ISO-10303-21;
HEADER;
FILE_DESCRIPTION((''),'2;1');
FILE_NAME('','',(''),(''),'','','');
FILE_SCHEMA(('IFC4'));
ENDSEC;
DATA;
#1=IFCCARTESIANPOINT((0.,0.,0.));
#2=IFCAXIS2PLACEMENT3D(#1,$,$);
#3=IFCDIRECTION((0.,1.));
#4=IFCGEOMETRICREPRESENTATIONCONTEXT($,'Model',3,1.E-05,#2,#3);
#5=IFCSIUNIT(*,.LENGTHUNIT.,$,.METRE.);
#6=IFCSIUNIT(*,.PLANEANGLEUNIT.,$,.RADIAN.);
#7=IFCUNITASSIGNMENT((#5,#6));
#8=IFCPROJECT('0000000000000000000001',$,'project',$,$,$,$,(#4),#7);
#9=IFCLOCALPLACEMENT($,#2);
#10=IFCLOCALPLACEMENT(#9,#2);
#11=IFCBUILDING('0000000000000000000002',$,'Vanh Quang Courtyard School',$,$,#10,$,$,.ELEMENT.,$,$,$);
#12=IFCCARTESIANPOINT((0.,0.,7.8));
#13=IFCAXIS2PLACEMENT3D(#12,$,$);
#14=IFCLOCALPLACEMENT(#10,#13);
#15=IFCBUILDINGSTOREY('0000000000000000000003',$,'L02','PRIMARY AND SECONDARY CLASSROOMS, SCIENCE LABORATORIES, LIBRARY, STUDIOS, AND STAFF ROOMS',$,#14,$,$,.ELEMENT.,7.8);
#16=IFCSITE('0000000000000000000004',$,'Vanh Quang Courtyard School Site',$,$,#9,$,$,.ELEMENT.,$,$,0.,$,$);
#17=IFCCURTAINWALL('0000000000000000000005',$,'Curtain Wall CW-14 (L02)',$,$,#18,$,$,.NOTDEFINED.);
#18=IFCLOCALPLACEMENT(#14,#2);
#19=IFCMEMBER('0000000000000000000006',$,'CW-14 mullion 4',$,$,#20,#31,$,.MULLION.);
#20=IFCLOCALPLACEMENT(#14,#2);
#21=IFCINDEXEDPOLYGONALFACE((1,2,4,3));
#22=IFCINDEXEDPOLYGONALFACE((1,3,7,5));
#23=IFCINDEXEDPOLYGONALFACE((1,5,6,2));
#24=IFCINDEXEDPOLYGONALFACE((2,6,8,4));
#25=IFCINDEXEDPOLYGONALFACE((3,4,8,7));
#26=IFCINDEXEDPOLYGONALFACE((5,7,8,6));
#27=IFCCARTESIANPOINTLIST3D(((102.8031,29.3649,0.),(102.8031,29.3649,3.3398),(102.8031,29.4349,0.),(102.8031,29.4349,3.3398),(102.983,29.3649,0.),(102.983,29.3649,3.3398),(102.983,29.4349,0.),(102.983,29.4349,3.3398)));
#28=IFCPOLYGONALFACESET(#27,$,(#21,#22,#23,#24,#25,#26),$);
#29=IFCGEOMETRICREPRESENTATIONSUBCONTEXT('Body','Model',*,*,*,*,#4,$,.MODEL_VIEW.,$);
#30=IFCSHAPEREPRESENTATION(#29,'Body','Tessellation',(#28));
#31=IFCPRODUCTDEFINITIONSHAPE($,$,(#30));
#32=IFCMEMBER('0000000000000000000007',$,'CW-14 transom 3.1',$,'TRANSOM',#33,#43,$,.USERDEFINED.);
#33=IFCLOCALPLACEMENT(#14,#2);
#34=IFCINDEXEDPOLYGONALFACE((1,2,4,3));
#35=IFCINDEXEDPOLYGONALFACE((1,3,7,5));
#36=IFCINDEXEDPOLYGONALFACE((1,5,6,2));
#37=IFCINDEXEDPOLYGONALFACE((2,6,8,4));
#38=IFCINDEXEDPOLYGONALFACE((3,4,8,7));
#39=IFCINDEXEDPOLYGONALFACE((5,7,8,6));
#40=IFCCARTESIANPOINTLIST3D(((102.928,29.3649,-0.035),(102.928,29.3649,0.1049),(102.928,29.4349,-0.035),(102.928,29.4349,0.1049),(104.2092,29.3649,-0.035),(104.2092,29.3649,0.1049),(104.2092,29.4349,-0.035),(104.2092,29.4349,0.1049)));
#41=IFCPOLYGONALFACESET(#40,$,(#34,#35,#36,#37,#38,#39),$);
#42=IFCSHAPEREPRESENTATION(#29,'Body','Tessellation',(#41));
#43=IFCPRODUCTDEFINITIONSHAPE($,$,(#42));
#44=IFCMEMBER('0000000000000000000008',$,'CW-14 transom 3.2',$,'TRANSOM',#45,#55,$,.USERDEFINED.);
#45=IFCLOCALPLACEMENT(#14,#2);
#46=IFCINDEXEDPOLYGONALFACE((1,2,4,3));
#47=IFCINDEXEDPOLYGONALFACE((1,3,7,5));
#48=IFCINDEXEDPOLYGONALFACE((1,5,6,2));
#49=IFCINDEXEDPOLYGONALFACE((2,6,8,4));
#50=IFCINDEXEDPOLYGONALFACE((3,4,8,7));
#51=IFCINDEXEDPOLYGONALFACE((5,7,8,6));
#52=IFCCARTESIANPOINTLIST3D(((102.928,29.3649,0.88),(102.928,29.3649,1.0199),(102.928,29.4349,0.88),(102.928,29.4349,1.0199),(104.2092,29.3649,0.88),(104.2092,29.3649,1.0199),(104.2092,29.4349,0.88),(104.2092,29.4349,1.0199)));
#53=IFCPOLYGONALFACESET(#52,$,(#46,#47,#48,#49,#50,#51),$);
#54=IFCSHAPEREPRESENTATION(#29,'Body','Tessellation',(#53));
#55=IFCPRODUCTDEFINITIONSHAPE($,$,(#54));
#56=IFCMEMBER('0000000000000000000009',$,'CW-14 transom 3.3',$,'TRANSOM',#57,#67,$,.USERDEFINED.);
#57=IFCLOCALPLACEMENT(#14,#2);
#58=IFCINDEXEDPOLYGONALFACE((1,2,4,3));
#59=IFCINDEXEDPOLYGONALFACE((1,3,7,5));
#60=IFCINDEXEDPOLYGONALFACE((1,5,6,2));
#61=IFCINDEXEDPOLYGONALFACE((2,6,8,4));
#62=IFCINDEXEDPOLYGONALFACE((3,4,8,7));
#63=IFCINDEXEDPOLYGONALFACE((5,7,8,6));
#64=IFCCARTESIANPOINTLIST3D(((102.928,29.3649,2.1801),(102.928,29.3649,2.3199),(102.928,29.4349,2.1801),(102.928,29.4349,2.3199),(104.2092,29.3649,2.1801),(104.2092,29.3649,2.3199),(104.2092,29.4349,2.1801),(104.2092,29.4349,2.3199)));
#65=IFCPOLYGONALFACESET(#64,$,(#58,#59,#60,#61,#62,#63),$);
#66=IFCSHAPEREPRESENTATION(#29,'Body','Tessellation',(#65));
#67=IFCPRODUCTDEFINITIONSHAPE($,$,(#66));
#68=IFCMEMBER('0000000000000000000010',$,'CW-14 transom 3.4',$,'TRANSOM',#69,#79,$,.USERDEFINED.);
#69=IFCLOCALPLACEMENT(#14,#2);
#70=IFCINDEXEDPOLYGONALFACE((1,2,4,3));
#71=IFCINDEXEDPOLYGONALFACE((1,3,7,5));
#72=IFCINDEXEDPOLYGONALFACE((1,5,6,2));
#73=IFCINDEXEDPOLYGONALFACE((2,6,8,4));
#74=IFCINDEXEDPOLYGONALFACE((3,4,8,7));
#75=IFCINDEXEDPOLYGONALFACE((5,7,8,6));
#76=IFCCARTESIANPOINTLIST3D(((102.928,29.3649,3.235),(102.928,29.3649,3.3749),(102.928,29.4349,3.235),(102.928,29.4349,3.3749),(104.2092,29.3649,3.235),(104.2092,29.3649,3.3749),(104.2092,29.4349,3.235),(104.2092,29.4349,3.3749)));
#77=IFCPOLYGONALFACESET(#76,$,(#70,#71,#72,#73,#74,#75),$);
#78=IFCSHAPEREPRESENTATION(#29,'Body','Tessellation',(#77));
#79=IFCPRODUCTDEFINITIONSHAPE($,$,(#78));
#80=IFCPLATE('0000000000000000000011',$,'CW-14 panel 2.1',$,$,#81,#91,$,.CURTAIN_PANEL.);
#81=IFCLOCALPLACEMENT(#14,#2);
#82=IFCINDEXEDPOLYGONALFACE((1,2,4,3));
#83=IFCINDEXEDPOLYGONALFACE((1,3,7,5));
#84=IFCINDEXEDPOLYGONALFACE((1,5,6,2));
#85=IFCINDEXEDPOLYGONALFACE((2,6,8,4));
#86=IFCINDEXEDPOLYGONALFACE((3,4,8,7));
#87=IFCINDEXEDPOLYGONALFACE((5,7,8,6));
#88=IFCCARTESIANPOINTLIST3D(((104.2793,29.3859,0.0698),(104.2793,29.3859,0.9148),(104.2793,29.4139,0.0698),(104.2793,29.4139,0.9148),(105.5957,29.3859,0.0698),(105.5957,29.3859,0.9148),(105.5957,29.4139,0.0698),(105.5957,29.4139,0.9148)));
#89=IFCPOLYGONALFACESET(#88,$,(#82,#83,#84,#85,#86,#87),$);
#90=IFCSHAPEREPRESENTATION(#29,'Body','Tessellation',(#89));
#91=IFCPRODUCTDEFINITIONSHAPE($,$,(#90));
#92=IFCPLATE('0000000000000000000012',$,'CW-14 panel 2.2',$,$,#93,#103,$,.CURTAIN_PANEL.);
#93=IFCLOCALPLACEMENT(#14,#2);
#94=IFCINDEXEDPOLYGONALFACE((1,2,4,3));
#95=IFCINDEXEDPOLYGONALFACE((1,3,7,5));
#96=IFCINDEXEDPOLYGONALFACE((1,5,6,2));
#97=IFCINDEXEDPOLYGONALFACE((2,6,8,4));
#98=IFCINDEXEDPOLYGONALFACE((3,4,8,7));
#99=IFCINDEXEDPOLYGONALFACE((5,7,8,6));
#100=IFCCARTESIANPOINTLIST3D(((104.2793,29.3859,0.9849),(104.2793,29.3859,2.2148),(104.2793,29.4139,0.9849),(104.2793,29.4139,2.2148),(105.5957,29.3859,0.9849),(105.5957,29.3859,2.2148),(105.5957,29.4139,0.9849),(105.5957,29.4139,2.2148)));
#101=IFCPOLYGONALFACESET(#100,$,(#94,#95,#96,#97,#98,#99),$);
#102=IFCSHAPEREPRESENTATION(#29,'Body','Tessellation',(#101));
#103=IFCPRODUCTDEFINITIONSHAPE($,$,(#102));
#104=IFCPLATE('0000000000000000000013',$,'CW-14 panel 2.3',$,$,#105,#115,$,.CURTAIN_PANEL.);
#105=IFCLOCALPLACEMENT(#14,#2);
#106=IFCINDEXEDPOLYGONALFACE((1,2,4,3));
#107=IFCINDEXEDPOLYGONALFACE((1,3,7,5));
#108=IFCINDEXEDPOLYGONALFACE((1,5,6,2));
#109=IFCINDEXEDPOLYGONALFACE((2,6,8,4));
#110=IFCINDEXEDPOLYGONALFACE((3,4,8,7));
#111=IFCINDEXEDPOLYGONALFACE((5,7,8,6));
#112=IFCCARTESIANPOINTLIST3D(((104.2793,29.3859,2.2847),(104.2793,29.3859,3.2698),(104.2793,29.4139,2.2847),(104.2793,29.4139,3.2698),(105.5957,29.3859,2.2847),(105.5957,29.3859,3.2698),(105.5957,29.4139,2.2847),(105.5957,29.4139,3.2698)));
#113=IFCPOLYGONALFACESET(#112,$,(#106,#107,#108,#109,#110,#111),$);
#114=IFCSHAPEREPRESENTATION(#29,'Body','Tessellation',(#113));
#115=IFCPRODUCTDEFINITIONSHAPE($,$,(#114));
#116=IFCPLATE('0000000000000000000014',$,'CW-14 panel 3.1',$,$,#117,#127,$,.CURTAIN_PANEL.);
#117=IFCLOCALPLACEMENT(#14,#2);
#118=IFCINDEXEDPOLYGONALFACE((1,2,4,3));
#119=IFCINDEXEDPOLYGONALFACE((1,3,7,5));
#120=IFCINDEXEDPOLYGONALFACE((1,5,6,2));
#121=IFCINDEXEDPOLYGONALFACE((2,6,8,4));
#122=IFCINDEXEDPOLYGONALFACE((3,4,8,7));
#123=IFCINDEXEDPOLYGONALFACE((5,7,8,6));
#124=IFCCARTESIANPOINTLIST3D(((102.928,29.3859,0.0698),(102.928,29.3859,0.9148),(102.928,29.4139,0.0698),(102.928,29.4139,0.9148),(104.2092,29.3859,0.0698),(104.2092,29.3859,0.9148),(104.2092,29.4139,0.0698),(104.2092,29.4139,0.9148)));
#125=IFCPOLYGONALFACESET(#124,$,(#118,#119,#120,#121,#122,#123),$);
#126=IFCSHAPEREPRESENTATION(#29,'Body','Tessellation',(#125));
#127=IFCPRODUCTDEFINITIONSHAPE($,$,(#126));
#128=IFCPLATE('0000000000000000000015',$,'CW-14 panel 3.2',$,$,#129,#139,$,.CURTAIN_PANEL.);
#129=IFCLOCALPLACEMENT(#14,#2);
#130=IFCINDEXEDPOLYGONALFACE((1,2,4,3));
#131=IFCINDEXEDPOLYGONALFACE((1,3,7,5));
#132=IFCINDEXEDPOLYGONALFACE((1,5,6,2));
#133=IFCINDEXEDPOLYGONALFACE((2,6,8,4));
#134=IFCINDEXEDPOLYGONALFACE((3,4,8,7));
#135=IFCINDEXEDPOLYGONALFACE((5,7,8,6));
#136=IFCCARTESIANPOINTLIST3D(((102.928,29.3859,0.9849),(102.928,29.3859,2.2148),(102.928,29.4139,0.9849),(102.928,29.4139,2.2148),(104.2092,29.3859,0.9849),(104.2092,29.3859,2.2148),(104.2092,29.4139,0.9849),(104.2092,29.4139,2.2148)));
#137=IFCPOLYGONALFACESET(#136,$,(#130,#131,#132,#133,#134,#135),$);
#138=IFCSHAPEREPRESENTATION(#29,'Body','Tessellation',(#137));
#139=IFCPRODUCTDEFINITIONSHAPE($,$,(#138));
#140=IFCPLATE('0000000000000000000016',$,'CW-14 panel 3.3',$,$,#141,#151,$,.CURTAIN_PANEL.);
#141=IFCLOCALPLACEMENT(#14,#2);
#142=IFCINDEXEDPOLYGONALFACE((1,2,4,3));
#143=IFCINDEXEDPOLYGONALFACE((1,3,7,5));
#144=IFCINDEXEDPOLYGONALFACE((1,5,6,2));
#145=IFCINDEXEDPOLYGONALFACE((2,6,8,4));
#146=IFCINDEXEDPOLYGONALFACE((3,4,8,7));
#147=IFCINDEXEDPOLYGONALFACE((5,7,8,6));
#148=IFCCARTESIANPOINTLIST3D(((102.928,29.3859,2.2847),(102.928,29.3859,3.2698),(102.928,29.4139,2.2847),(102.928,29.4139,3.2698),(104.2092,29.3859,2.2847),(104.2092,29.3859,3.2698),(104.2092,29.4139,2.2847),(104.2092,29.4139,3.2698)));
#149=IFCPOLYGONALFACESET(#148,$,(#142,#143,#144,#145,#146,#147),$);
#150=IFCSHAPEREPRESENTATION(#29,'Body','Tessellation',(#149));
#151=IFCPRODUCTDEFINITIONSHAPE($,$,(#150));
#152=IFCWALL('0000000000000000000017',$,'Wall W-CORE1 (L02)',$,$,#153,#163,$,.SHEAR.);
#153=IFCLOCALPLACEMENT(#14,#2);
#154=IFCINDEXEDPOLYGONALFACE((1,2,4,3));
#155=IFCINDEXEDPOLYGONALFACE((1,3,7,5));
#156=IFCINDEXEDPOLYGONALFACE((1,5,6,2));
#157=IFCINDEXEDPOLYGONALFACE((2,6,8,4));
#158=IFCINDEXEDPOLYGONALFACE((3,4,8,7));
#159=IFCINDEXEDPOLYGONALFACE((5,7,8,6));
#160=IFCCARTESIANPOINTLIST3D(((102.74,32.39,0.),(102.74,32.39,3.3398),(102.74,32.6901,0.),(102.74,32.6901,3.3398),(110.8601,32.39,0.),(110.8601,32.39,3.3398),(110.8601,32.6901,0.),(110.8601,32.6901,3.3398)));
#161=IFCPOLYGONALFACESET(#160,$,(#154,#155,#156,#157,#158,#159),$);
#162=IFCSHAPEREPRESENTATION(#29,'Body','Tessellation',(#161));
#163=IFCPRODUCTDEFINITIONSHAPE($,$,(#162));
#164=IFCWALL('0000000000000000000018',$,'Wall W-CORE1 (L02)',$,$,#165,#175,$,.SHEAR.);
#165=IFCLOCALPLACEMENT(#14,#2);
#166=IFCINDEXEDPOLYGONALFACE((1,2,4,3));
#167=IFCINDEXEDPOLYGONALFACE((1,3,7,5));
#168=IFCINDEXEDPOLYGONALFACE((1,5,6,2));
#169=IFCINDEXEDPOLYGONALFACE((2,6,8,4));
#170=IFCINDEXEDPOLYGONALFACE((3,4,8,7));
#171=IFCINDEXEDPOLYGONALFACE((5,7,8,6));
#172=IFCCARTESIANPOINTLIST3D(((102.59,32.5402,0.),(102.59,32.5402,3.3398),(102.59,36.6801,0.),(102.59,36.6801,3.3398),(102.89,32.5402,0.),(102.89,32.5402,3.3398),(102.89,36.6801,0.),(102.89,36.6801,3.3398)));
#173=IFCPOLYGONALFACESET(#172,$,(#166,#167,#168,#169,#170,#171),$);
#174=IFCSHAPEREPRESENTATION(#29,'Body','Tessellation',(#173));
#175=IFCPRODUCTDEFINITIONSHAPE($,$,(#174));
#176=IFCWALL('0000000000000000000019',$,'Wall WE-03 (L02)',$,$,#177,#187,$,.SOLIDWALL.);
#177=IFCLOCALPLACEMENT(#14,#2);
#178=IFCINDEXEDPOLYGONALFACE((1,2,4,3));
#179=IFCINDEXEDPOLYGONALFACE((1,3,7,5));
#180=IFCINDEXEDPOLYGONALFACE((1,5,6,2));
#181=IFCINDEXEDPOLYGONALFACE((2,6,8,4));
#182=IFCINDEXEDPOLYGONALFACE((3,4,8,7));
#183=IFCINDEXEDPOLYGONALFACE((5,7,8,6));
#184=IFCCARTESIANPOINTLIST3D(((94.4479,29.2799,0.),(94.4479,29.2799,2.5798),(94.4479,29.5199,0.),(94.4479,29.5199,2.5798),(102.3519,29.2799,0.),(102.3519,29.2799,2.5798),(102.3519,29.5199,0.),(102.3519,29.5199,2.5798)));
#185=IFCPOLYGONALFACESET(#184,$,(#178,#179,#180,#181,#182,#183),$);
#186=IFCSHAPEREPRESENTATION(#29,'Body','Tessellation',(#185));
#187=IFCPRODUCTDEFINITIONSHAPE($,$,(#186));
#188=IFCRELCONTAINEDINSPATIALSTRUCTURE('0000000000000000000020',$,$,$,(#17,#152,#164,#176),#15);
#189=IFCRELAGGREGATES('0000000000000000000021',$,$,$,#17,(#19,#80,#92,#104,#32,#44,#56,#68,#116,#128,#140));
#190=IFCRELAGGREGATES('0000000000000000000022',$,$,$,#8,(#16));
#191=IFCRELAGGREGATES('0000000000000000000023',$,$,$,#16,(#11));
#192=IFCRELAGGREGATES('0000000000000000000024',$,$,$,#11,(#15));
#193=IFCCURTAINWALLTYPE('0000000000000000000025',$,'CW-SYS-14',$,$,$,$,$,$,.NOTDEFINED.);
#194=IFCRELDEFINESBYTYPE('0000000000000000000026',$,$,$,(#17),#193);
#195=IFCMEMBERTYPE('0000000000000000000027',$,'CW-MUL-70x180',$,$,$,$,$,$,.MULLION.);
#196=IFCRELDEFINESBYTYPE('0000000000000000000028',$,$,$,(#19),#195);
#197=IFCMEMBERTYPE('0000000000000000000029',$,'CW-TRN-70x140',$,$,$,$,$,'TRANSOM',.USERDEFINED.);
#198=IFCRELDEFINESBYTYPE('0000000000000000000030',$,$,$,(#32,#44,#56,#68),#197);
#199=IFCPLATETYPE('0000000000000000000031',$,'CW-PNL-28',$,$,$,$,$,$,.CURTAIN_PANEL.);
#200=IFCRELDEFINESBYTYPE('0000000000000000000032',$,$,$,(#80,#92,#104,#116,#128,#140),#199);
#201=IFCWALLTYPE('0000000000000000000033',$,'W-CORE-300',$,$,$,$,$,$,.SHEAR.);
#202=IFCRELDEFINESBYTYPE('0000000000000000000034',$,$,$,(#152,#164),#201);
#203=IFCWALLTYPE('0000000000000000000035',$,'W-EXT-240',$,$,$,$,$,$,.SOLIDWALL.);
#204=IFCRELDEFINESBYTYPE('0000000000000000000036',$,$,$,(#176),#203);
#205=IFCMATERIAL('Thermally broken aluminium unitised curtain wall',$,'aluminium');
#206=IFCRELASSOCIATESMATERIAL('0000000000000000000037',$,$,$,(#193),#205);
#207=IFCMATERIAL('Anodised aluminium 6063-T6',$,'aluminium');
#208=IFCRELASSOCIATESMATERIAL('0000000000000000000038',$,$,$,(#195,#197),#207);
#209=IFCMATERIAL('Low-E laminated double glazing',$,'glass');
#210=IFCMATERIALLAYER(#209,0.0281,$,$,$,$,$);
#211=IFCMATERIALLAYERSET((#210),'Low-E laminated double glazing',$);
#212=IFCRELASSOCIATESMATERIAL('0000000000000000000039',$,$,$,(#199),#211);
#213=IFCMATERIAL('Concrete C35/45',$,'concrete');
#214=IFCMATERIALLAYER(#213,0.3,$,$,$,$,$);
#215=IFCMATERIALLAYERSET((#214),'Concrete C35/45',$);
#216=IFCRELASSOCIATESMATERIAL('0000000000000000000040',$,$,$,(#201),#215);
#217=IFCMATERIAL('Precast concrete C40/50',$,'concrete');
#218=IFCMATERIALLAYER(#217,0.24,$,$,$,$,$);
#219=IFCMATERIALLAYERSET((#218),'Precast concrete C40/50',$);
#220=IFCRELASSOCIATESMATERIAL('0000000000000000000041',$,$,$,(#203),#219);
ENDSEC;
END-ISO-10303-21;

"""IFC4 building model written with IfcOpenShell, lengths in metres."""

from ifc_helpers import new_model, si_unit, direction, frame, frame_2d, origin, origin_2d, place, context, subcontext, project, spatial, rectangle, extrude, material, layer, layer_set, material_profile, profile_set, type_object, element, aggregate, save


model = new_model("IFC4")

# Units and contexts
model_context = context("Model", 3, precision=1e-05, world=origin(), true_north=direction((0.0, 1.0)))
body_context = subcontext(model_context, "Body", "Model", "MODEL_VIEW")
ifc_project = project(units=[si_unit("LENGTHUNIT", "METRE"), si_unit("PLANEANGLEUNIT", "RADIAN")], contexts=[model_context])

# Site, building, storey
site_placement = place(None, origin())
site = spatial("IfcSite", under=ifc_project, at=site_placement, Name="Vanh Quang Courtyard School Site", CompositionType="ELEMENT", RefElevation=0.0)
building_placement = place(site_placement, origin())
building = spatial("IfcBuilding", under=site, at=building_placement, Name="Vanh Quang Courtyard School", CompositionType="ELEMENT")
storey_placement = place(building_placement, frame((0.0, 0.0, 7.8)))
storey = spatial("IfcBuildingStorey", under=building, at=storey_placement, Name="L02", Description="PRIMARY AND SECONDARY CLASSROOMS, SCIENCE LABORATORIES, LIBRARY, STUDIOS, AND STAFF ROOMS", CompositionType="ELEMENT", Elevation=7.8)

# Shared definitions
ifc_material_1 = material(Name="Concrete C35/45", Category="concrete")

# Curtain wall, members, plates
ifc_material_2 = material(Name="Thermally broken aluminium unitised curtain wall", Category="aluminium")
curtain_wall_type = type_object("IfcCurtainWallType", Name="CW-SYS-14", PredefinedType="NOTDEFINED", material=ifc_material_2)
curtain_wall_placement = place(storey_placement, origin())
curtain_wall = element("IfcCurtainWall", 1, at=curtain_wall_placement, inside=storey, type_object=curtain_wall_type, Name="Curtain Wall CW-14 (L02)", PredefinedType="NOTDEFINED")
ifc_material_3 = material(Name="Anodised aluminium 6063-T6", Category="aluminium")
ifc_material_profile_1 = material_profile(ifc_material_3, rectangle(XDim=0.0701, YDim=0.1799, at=origin_2d()), Name="ALU-MUL 70x180")
ifc_profile_set_1 = profile_set([ifc_material_profile_1], Name="Anodised aluminium 6063-T6")
member_type_1 = type_object("IfcMemberType", Name="CW-MUL-70x180", PredefinedType="MULLION", material=ifc_profile_set_1)
member_1_placement = place(storey_placement, frame((102.8931, 29.3999, 0.0), z_axis=(0.0, 0.0, 1.0), x_axis=(0.0, -1.0, 0.0)))
member_1 = element("IfcMember", 2, at=member_1_placement, type_object=member_type_1, Name="CW-14 mullion 4", PredefinedType="MULLION", context=body_context, shape_type="SweptSolid", body=[
    extrude(rectangle(XDim=0.0701, YDim=0.1799, at=origin_2d()), origin(), (0.0, 0.0, 1.0), 3.3398),
])
ifc_material_profile_2 = material_profile(ifc_material_3, rectangle(XDim=0.0701, YDim=0.1399, at=origin_2d()), Name="ALU-TRN 70x140")
ifc_profile_set_2 = profile_set([ifc_material_profile_2], Name="Anodised aluminium 6063-T6")
member_type_2 = type_object("IfcMemberType", Name="CW-TRN-70x140", ElementType="TRANSOM", PredefinedType="USERDEFINED", material=ifc_profile_set_2)
member_2_placement = place(storey_placement, frame((104.2092, 29.3999, 0.0349), z_axis=(-1.0, 0.0, 0.0), x_axis=(0.0, -1.0, 0.0)))
member_2 = element("IfcMember", 3, at=member_2_placement, type_object=member_type_2, Name="CW-14 transom 3.1", ObjectType="TRANSOM", PredefinedType="USERDEFINED", context=body_context, shape_type="SweptSolid", body=[
    extrude(rectangle(XDim=0.0701, YDim=0.1399, at=origin_2d()), origin(), (0.0, 0.0, 1.0), 1.2812),
])
member_3_placement = place(storey_placement, frame((104.2092, 29.3999, 0.95), z_axis=(-1.0, 0.0, 0.0), x_axis=(0.0, -1.0, 0.0)))
member_3 = element("IfcMember", 4, at=member_3_placement, type_object=member_type_2, Name="CW-14 transom 3.2", ObjectType="TRANSOM", PredefinedType="USERDEFINED", context=body_context, shape_type="SweptSolid", body=[
    extrude(rectangle(XDim=0.0701, YDim=0.1399, at=origin_2d()), origin(), (0.0, 0.0, 1.0), 1.2812),
])
member_4_placement = place(storey_placement, frame((104.2092, 29.3999, 2.25), z_axis=(-1.0, 0.0, 0.0), x_axis=(0.0, -1.0, 0.0)))
member_4 = element("IfcMember", 5, at=member_4_placement, type_object=member_type_2, Name="CW-14 transom 3.3", ObjectType="TRANSOM", PredefinedType="USERDEFINED", context=body_context, shape_type="SweptSolid", body=[
    extrude(rectangle(XDim=0.0701, YDim=0.1399, at=origin_2d()), origin(), (0.0, 0.0, 1.0), 1.2812),
])
member_5_placement = place(storey_placement, frame((104.2092, 29.3999, 3.3049), z_axis=(-1.0, 0.0, 0.0), x_axis=(0.0, -1.0, 0.0)))
member_5 = element("IfcMember", 6, at=member_5_placement, type_object=member_type_2, Name="CW-14 transom 3.4", ObjectType="TRANSOM", PredefinedType="USERDEFINED", context=body_context, shape_type="SweptSolid", body=[
    extrude(rectangle(XDim=0.0701, YDim=0.1399, at=origin_2d()), origin(), (0.0, 0.0, 1.0), 1.2812),
])
ifc_material_4 = material(Name="Low-E laminated double glazing", Category="glass")
ifc_layer_1 = layer(ifc_material_4, 0.0281)
ifc_layer_set_1 = layer_set([ifc_layer_1], Name="Low-E laminated double glazing")
plate_type = type_object("IfcPlateType", Name="CW-PNL-28", PredefinedType="CURTAIN_PANEL", material=ifc_layer_set_1)
plate_1_placement = place(storey_placement, frame((104.9375, 29.3999, 0.0698), z_axis=(0.0, 0.0, 1.0), x_axis=(-1.0, 0.0, 0.0)))
plate_1 = element("IfcPlate", 7, at=plate_1_placement, type_object=plate_type, Name="CW-14 panel 2.1", PredefinedType="CURTAIN_PANEL", context=body_context, shape_type="SweptSolid", body=[
    extrude(rectangle(XDim=1.3164, YDim=0.0281, at=origin_2d()), origin(), (0.0, 0.0, 1.0), 0.845),
])
plate_2_placement = place(storey_placement, frame((104.9375, 29.3999, 0.9849), z_axis=(0.0, 0.0, 1.0), x_axis=(-1.0, 0.0, 0.0)))
plate_2 = element("IfcPlate", 8, at=plate_2_placement, type_object=plate_type, Name="CW-14 panel 2.2", PredefinedType="CURTAIN_PANEL", context=body_context, shape_type="SweptSolid", body=[
    extrude(rectangle(XDim=1.3164, YDim=0.0281, at=origin_2d()), origin(), (0.0, 0.0, 1.0), 1.23),
])
plate_3_placement = place(storey_placement, frame((104.9375, 29.3999, 2.2847), z_axis=(0.0, 0.0, 1.0), x_axis=(-1.0, 0.0, 0.0)))
plate_3 = element("IfcPlate", 9, at=plate_3_placement, type_object=plate_type, Name="CW-14 panel 2.3", PredefinedType="CURTAIN_PANEL", context=body_context, shape_type="SweptSolid", body=[
    extrude(rectangle(XDim=1.3164, YDim=0.0281, at=origin_2d()), origin(), (0.0, 0.0, 1.0), 0.9851),
])
plate_4_placement = place(storey_placement, frame((103.5686, 29.3999, 0.0698), z_axis=(0.0, 0.0, 1.0), x_axis=(-1.0, 0.0, 0.0)))
plate_4 = element("IfcPlate", 10, at=plate_4_placement, type_object=plate_type, Name="CW-14 panel 3.1", PredefinedType="CURTAIN_PANEL", context=body_context, shape_type="SweptSolid", body=[
    extrude(rectangle(XDim=1.2812, YDim=0.0281, at=origin_2d()), origin(), (0.0, 0.0, 1.0), 0.845),
])
plate_5_placement = place(storey_placement, frame((103.5686, 29.3999, 0.9849), z_axis=(0.0, 0.0, 1.0), x_axis=(-1.0, 0.0, 0.0)))
plate_5 = element("IfcPlate", 11, at=plate_5_placement, type_object=plate_type, Name="CW-14 panel 3.2", PredefinedType="CURTAIN_PANEL", context=body_context, shape_type="SweptSolid", body=[
    extrude(rectangle(XDim=1.2812, YDim=0.0281, at=origin_2d()), origin(), (0.0, 0.0, 1.0), 1.23),
])
plate_6_placement = place(storey_placement, frame((103.5686, 29.3999, 2.2847), z_axis=(0.0, 0.0, 1.0), x_axis=(-1.0, 0.0, 0.0)))
plate_6 = element("IfcPlate", 12, at=plate_6_placement, type_object=plate_type, Name="CW-14 panel 3.3", PredefinedType="CURTAIN_PANEL", context=body_context, shape_type="SweptSolid", body=[
    extrude(rectangle(XDim=1.2812, YDim=0.0281, at=origin_2d()), origin(), (0.0, 0.0, 1.0), 0.9851),
])
aggregate(curtain_wall, [member_1, plate_1, plate_2, plate_3, member_2, member_3, member_4, member_5, plate_4, plate_5, plate_6])

# Walls
ifc_layer_2 = layer(ifc_material_1, 0.3)
ifc_layer_set_2 = layer_set([ifc_layer_2], Name="Concrete C35/45")
wall_type_1 = type_object("IfcWallType", Name="W-CORE-300", PredefinedType="SHEAR", material=ifc_layer_set_2)
wall_1_placement = place(storey_placement, frame((102.74, 32.54, 0.0), z_axis=(0.0, 0.0, 1.0), x_axis=(1.0, 0.0, 0.0)))
element("IfcWall", 13, at=wall_1_placement, inside=storey, type_object=wall_type_1, Name="Wall W-CORE1 (L02)", PredefinedType="SHEAR", context=body_context, shape_type="SweptSolid", body=[
    extrude(rectangle(XDim=8.1201, YDim=0.3, at=frame_2d((4.0601, 0.0))), origin(), (0.0, 0.0, 1.0), 3.3398),
])
wall_2_placement = place(storey_placement, frame((102.74, 36.6799, 0.0), z_axis=(0.0, 0.0, 1.0), x_axis=(0.0, -1.0, 0.0)))
element("IfcWall", 14, at=wall_2_placement, inside=storey, type_object=wall_type_1, Name="Wall W-CORE1 (L02)", PredefinedType="SHEAR", context=body_context, shape_type="SweptSolid", body=[
    extrude(rectangle(XDim=4.1399, YDim=0.3, at=frame_2d((2.0698, 0.0))), origin(), (0.0, 0.0, 1.0), 3.3398),
])
ifc_material_5 = material(Name="Precast concrete C40/50", Category="concrete")
ifc_layer_3 = layer(ifc_material_5, 0.24)
ifc_layer_set_3 = layer_set([ifc_layer_3], Name="Precast concrete C40/50")
wall_type_2 = type_object("IfcWallType", Name="W-EXT-240", PredefinedType="SOLIDWALL", material=ifc_layer_set_3)
wall_3_placement = place(storey_placement, frame((102.3521, 29.3999, 0.0), z_axis=(0.0, 0.0, 1.0), x_axis=(-1.0, 0.0, 0.0)))
element("IfcWall", 15, at=wall_3_placement, inside=storey, type_object=wall_type_2, Name="Wall WE-03 (L02)", PredefinedType="SOLIDWALL", context=body_context, shape_type="SweptSolid", body=[
    extrude(rectangle(XDim=7.9041, YDim=0.24, at=frame_2d((3.9521, 0.0))), origin(), (0.0, 0.0, 1.0), 2.5798),
])

save(model, "model.ifc")
